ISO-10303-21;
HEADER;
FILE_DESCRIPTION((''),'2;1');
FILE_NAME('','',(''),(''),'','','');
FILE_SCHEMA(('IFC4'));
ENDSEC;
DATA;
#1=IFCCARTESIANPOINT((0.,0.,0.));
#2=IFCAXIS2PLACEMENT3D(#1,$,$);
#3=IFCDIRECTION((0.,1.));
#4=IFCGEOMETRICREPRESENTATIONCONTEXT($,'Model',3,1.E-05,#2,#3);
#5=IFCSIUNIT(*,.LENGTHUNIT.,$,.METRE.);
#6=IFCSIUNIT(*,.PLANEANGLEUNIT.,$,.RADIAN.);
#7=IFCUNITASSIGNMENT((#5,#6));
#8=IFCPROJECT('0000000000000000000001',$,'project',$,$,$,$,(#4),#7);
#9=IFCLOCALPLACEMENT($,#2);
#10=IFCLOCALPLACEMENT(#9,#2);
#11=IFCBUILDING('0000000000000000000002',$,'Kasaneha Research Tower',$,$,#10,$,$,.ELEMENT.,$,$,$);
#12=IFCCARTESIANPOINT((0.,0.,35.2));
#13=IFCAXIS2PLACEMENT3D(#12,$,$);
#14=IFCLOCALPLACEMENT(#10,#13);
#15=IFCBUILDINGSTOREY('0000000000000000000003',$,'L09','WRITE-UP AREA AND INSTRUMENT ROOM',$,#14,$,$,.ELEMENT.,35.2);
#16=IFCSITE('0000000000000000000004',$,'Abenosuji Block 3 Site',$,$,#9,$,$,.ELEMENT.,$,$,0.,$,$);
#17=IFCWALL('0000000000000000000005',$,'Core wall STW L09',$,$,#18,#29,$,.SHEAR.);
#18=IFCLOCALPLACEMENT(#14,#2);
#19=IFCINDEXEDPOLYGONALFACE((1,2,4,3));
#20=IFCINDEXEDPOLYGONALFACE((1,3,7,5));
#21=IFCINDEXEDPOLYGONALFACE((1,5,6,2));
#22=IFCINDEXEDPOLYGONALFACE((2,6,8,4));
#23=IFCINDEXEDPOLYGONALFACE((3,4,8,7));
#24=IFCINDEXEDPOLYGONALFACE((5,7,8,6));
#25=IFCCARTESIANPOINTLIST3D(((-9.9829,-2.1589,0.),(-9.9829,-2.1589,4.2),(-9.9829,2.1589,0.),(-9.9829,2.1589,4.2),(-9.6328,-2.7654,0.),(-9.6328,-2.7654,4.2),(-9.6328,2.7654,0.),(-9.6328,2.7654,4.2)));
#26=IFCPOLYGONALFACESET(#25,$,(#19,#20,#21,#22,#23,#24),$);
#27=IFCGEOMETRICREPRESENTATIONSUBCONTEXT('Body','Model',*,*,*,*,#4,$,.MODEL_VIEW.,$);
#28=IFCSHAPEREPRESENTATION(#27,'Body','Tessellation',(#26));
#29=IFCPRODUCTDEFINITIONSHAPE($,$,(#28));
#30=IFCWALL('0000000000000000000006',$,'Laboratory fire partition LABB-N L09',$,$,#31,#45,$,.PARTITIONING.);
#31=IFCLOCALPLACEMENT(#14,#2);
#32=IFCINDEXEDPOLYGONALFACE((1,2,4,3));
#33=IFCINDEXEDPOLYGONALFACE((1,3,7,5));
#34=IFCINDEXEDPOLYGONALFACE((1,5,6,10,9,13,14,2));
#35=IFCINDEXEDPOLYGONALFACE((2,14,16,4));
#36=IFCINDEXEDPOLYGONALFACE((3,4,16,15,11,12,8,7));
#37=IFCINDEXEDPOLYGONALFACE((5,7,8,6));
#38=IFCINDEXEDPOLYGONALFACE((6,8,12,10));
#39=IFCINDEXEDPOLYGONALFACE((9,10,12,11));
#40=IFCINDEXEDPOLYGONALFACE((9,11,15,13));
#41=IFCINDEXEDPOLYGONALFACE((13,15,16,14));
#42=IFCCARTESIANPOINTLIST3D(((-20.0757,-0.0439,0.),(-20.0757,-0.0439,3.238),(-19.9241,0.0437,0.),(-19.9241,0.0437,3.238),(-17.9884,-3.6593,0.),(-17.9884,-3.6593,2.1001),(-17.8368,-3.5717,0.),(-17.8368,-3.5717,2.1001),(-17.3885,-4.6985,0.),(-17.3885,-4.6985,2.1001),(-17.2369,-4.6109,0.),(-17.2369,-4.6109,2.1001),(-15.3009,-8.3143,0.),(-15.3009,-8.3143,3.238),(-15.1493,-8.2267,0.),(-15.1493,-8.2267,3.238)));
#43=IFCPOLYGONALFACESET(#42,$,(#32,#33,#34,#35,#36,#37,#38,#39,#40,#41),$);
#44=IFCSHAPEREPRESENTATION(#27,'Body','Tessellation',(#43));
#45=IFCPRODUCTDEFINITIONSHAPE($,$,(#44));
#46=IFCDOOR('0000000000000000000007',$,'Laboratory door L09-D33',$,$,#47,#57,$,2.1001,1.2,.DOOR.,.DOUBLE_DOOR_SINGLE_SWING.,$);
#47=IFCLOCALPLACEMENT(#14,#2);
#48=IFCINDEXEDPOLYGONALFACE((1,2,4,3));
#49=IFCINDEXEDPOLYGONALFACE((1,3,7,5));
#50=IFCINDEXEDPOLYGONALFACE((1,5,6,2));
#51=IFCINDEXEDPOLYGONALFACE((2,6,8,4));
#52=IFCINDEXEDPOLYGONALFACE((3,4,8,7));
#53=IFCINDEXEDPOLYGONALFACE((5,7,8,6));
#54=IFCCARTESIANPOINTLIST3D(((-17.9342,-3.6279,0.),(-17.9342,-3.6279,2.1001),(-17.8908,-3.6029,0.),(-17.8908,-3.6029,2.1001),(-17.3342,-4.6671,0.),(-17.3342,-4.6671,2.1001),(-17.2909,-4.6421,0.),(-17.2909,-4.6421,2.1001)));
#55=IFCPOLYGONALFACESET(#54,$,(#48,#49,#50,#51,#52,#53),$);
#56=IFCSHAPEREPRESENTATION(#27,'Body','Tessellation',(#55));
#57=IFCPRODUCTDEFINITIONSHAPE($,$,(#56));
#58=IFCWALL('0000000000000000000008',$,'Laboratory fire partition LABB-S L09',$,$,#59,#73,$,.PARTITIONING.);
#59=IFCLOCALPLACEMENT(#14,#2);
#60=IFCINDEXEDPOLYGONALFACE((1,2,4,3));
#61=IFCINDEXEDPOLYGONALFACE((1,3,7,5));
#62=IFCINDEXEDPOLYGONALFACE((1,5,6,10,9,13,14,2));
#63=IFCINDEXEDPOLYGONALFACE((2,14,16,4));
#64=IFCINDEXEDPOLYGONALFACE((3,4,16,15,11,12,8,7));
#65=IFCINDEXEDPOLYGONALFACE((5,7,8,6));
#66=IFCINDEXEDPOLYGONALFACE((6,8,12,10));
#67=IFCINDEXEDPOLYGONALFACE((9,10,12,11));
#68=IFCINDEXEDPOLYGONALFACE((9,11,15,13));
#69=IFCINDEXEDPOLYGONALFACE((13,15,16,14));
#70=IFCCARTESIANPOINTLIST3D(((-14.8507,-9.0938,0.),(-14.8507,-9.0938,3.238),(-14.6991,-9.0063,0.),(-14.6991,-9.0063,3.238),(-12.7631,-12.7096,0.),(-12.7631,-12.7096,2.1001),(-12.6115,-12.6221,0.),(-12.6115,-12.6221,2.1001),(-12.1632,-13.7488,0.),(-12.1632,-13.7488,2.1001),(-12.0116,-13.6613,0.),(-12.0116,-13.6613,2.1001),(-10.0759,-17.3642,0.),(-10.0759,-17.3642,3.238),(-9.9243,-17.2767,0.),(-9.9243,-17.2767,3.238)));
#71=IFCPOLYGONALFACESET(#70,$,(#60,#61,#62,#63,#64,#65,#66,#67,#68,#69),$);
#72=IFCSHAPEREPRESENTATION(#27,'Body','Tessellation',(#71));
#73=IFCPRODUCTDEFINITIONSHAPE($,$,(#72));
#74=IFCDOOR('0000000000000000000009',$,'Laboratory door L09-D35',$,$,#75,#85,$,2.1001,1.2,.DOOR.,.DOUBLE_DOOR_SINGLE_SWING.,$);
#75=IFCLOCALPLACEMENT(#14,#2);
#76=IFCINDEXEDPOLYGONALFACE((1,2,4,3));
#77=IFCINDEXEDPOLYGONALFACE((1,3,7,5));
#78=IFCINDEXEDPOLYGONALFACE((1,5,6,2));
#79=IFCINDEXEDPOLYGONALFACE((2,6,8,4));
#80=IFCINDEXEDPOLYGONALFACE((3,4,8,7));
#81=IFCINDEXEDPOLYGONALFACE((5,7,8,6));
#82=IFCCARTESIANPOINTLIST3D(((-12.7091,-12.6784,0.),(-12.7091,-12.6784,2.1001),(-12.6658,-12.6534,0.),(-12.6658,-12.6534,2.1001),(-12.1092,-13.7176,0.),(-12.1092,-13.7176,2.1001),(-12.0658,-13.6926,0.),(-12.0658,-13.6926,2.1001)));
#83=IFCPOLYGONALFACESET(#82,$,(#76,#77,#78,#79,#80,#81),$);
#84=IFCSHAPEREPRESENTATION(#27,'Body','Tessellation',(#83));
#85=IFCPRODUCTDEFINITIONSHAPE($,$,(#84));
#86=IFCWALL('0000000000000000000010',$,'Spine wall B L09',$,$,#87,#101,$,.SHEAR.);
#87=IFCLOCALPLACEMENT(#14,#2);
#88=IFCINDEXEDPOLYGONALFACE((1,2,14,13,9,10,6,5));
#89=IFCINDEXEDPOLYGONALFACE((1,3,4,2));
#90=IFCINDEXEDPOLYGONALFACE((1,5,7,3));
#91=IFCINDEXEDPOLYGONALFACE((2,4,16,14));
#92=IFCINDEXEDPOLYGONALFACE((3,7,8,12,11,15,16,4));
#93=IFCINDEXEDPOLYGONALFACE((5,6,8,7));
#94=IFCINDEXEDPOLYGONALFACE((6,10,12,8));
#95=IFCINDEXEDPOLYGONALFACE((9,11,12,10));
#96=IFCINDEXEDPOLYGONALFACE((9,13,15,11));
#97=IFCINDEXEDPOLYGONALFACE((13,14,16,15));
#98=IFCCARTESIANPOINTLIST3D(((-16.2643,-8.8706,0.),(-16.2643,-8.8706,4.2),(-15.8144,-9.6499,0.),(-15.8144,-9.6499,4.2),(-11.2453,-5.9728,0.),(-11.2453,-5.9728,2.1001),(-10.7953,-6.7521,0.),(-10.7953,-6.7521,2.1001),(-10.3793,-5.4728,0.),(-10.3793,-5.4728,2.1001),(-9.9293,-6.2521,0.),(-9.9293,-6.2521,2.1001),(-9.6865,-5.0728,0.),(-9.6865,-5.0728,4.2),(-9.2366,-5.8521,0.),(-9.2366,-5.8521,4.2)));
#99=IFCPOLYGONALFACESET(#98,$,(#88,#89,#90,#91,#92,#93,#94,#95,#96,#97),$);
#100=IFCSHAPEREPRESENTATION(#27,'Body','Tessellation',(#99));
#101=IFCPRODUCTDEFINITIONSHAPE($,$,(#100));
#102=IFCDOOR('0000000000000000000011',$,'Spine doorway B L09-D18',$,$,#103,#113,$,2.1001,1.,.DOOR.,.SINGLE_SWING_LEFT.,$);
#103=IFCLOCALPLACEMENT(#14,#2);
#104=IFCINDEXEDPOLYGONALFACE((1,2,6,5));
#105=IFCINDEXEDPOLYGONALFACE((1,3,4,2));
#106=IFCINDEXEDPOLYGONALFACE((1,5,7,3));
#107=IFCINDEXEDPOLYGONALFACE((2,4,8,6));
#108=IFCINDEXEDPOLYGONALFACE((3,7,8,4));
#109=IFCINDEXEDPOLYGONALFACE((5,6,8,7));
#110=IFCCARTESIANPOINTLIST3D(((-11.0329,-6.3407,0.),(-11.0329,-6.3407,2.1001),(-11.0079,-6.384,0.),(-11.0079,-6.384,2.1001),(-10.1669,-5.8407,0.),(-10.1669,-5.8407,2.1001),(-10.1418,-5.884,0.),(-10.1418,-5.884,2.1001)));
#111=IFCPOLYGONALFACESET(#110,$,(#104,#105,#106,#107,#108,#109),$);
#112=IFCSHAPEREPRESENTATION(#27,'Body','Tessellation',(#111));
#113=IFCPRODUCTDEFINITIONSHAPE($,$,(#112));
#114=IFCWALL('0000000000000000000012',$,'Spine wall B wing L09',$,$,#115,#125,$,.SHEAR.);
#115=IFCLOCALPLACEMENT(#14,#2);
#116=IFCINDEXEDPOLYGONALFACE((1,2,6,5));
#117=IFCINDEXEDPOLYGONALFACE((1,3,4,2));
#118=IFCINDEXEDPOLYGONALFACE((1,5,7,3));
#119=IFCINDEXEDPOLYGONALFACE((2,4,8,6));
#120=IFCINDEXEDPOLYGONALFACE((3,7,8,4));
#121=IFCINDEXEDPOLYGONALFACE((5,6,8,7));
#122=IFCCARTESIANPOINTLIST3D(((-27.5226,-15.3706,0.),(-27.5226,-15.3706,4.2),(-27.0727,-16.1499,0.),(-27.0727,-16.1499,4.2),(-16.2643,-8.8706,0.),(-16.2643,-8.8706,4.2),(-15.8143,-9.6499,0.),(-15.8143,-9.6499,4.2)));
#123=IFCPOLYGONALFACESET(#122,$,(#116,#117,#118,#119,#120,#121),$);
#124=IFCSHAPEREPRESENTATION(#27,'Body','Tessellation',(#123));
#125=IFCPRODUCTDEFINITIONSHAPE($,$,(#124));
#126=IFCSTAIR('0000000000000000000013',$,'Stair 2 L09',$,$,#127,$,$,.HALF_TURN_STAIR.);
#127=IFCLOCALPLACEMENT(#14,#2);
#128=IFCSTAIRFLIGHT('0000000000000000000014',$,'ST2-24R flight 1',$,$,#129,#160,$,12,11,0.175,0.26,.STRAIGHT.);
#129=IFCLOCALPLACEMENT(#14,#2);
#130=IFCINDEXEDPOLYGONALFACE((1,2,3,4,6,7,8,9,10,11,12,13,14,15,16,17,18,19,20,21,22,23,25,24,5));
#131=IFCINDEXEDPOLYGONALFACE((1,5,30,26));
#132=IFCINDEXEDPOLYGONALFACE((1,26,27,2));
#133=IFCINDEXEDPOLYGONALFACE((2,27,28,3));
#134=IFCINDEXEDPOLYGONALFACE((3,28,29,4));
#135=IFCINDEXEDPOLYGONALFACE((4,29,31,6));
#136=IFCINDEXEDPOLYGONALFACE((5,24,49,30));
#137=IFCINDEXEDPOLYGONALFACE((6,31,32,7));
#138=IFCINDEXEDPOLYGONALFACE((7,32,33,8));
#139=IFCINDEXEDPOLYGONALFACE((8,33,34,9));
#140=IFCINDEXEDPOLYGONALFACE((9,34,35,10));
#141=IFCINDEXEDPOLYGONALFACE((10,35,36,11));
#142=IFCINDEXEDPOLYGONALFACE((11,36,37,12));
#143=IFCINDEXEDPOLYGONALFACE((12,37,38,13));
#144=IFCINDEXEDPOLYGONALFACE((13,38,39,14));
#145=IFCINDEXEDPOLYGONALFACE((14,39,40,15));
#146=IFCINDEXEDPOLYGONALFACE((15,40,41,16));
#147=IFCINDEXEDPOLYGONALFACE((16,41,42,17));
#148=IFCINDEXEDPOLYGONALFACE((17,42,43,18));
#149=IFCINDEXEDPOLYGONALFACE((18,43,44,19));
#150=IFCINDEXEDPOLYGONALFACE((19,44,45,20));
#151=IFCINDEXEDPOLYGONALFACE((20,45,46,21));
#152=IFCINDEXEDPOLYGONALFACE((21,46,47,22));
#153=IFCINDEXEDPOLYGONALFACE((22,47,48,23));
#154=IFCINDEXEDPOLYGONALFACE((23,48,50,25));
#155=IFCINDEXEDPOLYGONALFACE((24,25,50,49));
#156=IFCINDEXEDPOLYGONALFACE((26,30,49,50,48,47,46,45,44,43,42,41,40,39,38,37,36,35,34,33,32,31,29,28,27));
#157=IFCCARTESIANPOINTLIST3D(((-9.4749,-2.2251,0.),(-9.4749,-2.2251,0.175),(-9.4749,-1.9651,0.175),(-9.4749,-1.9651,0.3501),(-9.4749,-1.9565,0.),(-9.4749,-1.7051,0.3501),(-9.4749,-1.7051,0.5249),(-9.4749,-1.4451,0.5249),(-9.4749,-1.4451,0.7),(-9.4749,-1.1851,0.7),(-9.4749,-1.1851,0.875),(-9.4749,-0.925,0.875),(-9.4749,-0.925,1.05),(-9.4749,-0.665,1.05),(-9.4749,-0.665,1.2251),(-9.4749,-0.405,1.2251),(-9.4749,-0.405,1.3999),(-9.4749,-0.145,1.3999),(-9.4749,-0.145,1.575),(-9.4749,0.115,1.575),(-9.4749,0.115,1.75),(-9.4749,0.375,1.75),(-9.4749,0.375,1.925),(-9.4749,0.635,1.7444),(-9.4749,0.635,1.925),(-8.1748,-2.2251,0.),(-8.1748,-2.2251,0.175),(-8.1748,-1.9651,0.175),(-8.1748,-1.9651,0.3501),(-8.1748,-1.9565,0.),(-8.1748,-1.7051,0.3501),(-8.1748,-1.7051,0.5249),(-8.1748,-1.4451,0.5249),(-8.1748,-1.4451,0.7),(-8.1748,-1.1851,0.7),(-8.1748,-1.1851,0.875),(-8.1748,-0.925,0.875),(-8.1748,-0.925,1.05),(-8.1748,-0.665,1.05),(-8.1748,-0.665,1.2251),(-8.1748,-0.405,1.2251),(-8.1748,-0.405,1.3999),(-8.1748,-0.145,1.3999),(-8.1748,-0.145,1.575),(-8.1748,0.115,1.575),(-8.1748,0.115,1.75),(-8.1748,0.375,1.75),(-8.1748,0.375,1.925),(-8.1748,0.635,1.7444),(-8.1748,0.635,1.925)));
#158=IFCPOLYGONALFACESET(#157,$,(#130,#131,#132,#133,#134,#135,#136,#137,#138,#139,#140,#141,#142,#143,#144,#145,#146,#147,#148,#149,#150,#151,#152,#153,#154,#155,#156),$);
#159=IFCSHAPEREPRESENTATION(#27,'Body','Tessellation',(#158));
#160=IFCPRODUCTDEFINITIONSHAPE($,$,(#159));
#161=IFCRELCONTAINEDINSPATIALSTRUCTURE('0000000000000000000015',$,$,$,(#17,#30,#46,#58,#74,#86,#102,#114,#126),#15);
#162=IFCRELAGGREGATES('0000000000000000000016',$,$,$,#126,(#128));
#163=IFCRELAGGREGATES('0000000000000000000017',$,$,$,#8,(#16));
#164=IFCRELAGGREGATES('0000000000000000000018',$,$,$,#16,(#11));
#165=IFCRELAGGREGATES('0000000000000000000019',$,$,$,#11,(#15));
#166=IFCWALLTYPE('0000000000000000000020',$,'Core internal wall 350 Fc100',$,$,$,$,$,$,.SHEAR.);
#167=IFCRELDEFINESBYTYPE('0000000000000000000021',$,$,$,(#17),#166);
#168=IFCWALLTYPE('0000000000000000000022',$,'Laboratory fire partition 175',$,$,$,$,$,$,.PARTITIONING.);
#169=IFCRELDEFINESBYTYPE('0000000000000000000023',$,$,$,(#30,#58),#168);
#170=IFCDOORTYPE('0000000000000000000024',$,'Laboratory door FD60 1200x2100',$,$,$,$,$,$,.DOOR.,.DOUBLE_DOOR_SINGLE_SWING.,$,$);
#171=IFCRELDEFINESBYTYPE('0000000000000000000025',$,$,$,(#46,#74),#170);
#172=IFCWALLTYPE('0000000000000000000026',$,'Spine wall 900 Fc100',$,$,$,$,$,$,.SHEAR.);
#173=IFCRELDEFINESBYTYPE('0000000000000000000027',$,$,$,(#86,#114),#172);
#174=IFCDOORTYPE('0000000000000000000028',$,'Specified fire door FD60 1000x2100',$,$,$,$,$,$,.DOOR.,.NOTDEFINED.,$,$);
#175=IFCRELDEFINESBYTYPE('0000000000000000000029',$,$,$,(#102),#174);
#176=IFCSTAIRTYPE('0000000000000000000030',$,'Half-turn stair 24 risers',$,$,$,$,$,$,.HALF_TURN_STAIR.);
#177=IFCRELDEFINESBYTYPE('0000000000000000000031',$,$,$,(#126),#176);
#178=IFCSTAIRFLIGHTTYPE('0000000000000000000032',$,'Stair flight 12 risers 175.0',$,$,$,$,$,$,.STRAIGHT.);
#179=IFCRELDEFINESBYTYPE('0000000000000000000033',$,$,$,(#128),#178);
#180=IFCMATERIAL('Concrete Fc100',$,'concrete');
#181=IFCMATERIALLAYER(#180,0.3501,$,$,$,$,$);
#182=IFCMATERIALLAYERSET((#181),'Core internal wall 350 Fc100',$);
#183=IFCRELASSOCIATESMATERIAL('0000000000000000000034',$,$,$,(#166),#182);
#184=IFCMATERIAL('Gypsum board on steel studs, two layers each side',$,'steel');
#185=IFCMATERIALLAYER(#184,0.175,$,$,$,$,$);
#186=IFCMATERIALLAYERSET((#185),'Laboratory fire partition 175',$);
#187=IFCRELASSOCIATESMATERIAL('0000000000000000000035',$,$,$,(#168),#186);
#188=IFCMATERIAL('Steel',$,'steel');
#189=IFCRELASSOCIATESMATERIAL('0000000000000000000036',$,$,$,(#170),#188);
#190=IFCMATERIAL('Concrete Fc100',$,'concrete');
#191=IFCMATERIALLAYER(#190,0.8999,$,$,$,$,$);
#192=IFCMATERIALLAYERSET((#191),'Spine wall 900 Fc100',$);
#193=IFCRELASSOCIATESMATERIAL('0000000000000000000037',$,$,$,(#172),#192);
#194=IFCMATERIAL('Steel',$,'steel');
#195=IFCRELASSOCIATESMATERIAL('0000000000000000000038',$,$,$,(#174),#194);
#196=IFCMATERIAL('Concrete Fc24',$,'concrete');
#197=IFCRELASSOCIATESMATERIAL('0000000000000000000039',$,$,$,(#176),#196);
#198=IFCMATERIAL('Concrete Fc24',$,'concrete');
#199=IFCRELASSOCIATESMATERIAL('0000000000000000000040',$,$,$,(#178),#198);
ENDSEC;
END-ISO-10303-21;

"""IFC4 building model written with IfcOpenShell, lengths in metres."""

from ifc_helpers import new_model, si_unit, direction, frame, frame_2d, origin, place, context, subcontext, project, spatial, polyline, rectangle, outline, extrude, material, layer, layer_set, type_object, element, fill, aggregate, save


model = new_model("IFC4")

# Units and contexts
model_context = context("Model", 3, precision=1e-05, world=origin(), true_north=direction((0.0, 1.0)))
body_context = subcontext(model_context, "Body", "Model", "MODEL_VIEW")
ifc_project = project(units=[si_unit("LENGTHUNIT", "METRE"), si_unit("PLANEANGLEUNIT", "RADIAN")], contexts=[model_context])

# Site, building, storey
site_placement = place(None, origin())
site = spatial("IfcSite", under=ifc_project, at=site_placement, Name="Abenosuji Block 3 Site", CompositionType="ELEMENT", RefElevation=0.0)
building_placement = place(site_placement, origin())
building = spatial("IfcBuilding", under=site, at=building_placement, Name="Kasaneha Research Tower", CompositionType="ELEMENT")
storey_placement = place(building_placement, frame((0.0, 0.0, 35.2)))
storey = spatial("IfcBuildingStorey", under=building, at=storey_placement, Name="L09", Description="WRITE-UP AREA AND INSTRUMENT ROOM", CompositionType="ELEMENT", Elevation=35.2)

# Shared definitions
ifc_material_1 = material(Name="Concrete Fc100", Category="concrete")
ifc_layer_1 = layer(ifc_material_1, 0.3501)
ifc_layer_set_1 = layer_set([ifc_layer_1], Name="Core internal wall 350 Fc100")
wall_type_1 = type_object("IfcWallType", Name="Core internal wall 350 Fc100", PredefinedType="SHEAR", material=ifc_layer_set_1)

# Wall
wall_1_placement = place(storey_placement, frame((-9.8079, -2.4622, 0.0), z_axis=(0.0, 0.0, 1.0), x_axis=(0.0, 1.0, 0.0)))
element("IfcWall", 1, at=wall_1_placement, inside=storey, type_object=wall_type_1, Name="Core wall STW L09", PredefinedType="SHEAR", context=body_context, shape_type="SweptSolid", body=[
    extrude(outline(polyline([(-0.3032, -0.175), (5.2275, -0.175), (4.6211, 0.175), (0.3032, 0.175), (-0.3032, -0.175)])), origin(), (0.0, 0.0, 1.0), 4.2),
])

# Walls, openings, doors
ifc_material_2 = material(Name="Gypsum board on steel studs, two layers each side", Category="steel")
ifc_layer_2 = layer(ifc_material_2, 0.175)
ifc_layer_set_2 = layer_set([ifc_layer_2], Name="Laboratory fire partition 175")
wall_type_2 = type_object("IfcWallType", Name="Laboratory fire partition 175", PredefinedType="PARTITIONING", material=ifc_layer_set_2)
wall_2_placement = place(storey_placement, frame((-15.2251, -8.2705, 0.0), z_axis=(0.0, 0.0, 1.0), x_axis=(-0.499994, 0.866029, 0.0)))
wall_2 = element("IfcWall", 2, at=wall_2_placement, inside=storey, type_object=wall_type_2, Name="Laboratory fire partition LABB-N L09", PredefinedType="PARTITIONING", context=body_context, shape_type="SweptSolid", body=[
    extrude(rectangle(XDim=9.5498, YDim=0.175, at=frame_2d((4.7749, 0.0))), origin(), (0.0, 0.0, 1.0), 3.238),
])
opening_1_placement = place(wall_2_placement, frame((4.175, 0.0, 0.0)))
opening_1 = element("IfcOpeningElement", 3, at=opening_1_placement, cuts=wall_2, PredefinedType="OPENING", context=body_context, shape_type="SweptSolid", body=[
    extrude(rectangle(XDim=1.2, YDim=2.1001, at=frame_2d((0.6001, 1.05))), frame((0.0, 0.0977, 0.0), z_axis=(0.0, -1.0, 0.0), x_axis=(1.0, 0.0, 0.0)), (0.0, 0.0, 1.0), 0.1951),
])
ifc_material_3 = material(Name="Steel", Category="steel")
door_type_1 = type_object("IfcDoorType", Name="Laboratory door FD60 1200x2100", OperationType="DOUBLE_DOOR_SINGLE_SWING", PredefinedType="DOOR", material=ifc_material_3)
door_1_placement = place(opening_1_placement, origin())
door_1 = element("IfcDoor", 4, at=door_1_placement, inside=storey, type_object=door_type_1, Name="Laboratory door L09-D33", OperationType="DOUBLE_DOOR_SINGLE_SWING", OverallHeight=2.1001, OverallWidth=1.2, PredefinedType="DOOR", context=body_context, shape_type="SweptSolid", body=[
    extrude(rectangle(XDim=1.2, YDim=2.1001, at=frame_2d((0.6001, 1.05))), frame((0.0, 0.0249, 0.0), z_axis=(0.0, -1.0, 0.0), x_axis=(1.0, 0.0, 0.0)), (0.0, 0.0, 1.0), 0.05),
])
fill(opening_1, door_1)
wall_3_placement = place(storey_placement, frame((-14.7749, -9.05, 0.0), z_axis=(0.0, 0.0, 1.0), x_axis=(0.499994, -0.866029, 0.0)))
wall_3 = element("IfcWall", 5, at=wall_3_placement, inside=storey, type_object=wall_type_2, Name="Laboratory fire partition LABB-S L09", PredefinedType="PARTITIONING", context=body_context, shape_type="SweptSolid", body=[
    extrude(rectangle(XDim=9.5498, YDim=0.175, at=frame_2d((4.7749, 0.0))), origin(), (0.0, 0.0, 1.0), 3.238),
])
opening_2_placement = place(wall_3_placement, frame((4.175, 0.0, 0.0)))
opening_2 = element("IfcOpeningElement", 6, at=opening_2_placement, cuts=wall_3, PredefinedType="OPENING", context=body_context, shape_type="SweptSolid", body=[
    extrude(rectangle(XDim=1.2, YDim=2.1001, at=frame_2d((0.6001, 1.05))), frame((0.0, 0.0977, 0.0), z_axis=(0.0, -1.0, 0.0), x_axis=(1.0, 0.0, 0.0)), (0.0, 0.0, 1.0), 0.1951),
])
door_2_placement = place(opening_2_placement, origin())
door_2 = element("IfcDoor", 7, at=door_2_placement, inside=storey, type_object=door_type_1, Name="Laboratory door L09-D35", OperationType="DOUBLE_DOOR_SINGLE_SWING", OverallHeight=2.1001, OverallWidth=1.2, PredefinedType="DOOR", context=body_context, shape_type="SweptSolid", body=[
    extrude(rectangle(XDim=1.2, YDim=2.1001, at=frame_2d((0.6001, 1.05))), frame((0.0, 0.0249, 0.0), z_axis=(0.0, -1.0, 0.0), x_axis=(1.0, 0.0, 0.0)), (0.0, 0.0, 1.0), 0.05),
])
fill(opening_2, door_2)
ifc_material_4 = material(Name="Concrete Fc100", Category="concrete")
ifc_layer_3 = layer(ifc_material_4, 0.8999)
ifc_layer_set_3 = layer_set([ifc_layer_3], Name="Spine wall 900 Fc100")
wall_type_3 = type_object("IfcWallType", Name="Spine wall 900 Fc100", PredefinedType="SHEAR", material=ifc_layer_set_3)
wall_4_placement = place(storey_placement, frame((-9.4614, -5.4624, 0.0), z_axis=(0.0, 0.0, 1.0), x_axis=(-0.866019, -0.500011, 0.0)))
wall_4 = element("IfcWall", 8, at=wall_4_placement, inside=storey, type_object=wall_type_3, Name="Spine wall B L09", PredefinedType="SHEAR", context=body_context, shape_type="SweptSolid", body=[
    extrude(rectangle(XDim=7.5955, YDim=0.8999, at=frame_2d((3.7979, 0.0))), origin(), (0.0, 0.0, 1.0), 4.2),
])
opening_3_placement = place(wall_4_placement, frame((0.8, 0.0, 0.0)))
opening_3 = element("IfcOpeningElement", 9, at=opening_3_placement, cuts=wall_4, PredefinedType="OPENING", context=body_context, shape_type="SweptSolid", body=[
    extrude(rectangle(XDim=1.0, YDim=2.1001, at=frame_2d((0.5, 1.05))), frame((0.0, 0.46, 0.0), z_axis=(0.0, -1.0, 0.0), x_axis=(1.0, 0.0, 0.0)), (0.0, 0.0, 1.0), 0.9199),
])
ifc_material_5 = material(Name="Steel", Category="steel")
door_type_2 = type_object("IfcDoorType", Name="Specified fire door FD60 1000x2100", OperationType="NOTDEFINED", PredefinedType="DOOR", material=ifc_material_5)
door_3_placement = place(opening_3_placement, origin())
door_3 = element("IfcDoor", 10, at=door_3_placement, inside=storey, type_object=door_type_2, Name="Spine doorway B L09-D18", OperationType="SINGLE_SWING_LEFT", OverallHeight=2.1001, OverallWidth=1.0, PredefinedType="DOOR", context=body_context, shape_type="SweptSolid", body=[
    extrude(rectangle(XDim=1.0, YDim=2.1001, at=frame_2d((0.5, 1.05))), frame((0.0, 0.0249, 0.0), z_axis=(0.0, -1.0, 0.0), x_axis=(1.0, 0.0, 0.0)), (0.0, 0.0, 1.0), 0.05),
])
fill(opening_3, door_3)

# Wall
wall_5_placement = place(storey_placement, frame((-16.0393, -9.2603, 0.0), z_axis=(0.0, 0.0, 1.0), x_axis=(-0.866025, -0.500001, 0.0)))
element("IfcWall", 11, at=wall_5_placement, inside=storey, type_object=wall_type_3, Name="Spine wall B wing L09", PredefinedType="SHEAR", context=body_context, shape_type="SweptSolid", body=[
    extrude(rectangle(XDim=13.0, YDim=0.8999, at=frame_2d((6.5, 0.0))), origin(), (0.0, 0.0, 1.0), 4.2),
])

# Stair, stair flight
ifc_material_6 = material(Name="Concrete Fc24", Category="concrete")
stair_type = type_object("IfcStairType", Name="Half-turn stair 24 risers", PredefinedType="HALF_TURN_STAIR", material=ifc_material_6)
stair_placement = place(storey_placement, origin())
stair = element("IfcStair", 12, at=stair_placement, inside=storey, type_object=stair_type, Name="Stair 2 L09", PredefinedType="HALF_TURN_STAIR")
ifc_material_7 = material(Name="Concrete Fc24", Category="concrete")
stair_flight_type = type_object("IfcStairFlightType", Name="Stair flight 12 risers 175.0", PredefinedType="STRAIGHT", material=ifc_material_7)
stair_flight_placement = place(storey_placement, frame((-8.825, -2.2251, 0.0), z_axis=(0.0, 0.0, 1.0), x_axis=(0.0, 1.0, 0.0)))
stair_flight = element("IfcStairFlight", 13, at=stair_flight_placement, type_object=stair_flight_type, Name="ST2-24R flight 1", NumberOfRisers=12, NumberOfTreads=11, PredefinedType="STRAIGHT", RiserHeight=0.175, TreadLength=0.26, context=body_context, shape_type="SweptSolid", body=[
    extrude(outline(polyline([(0.0, 0.0), (0.0, 0.175), (0.26, 0.175), (0.26, 0.3501), (0.52, 0.3501), (0.52, 0.5249), (0.78, 0.5249), (0.78, 0.7), (1.04, 0.7), (1.04, 0.875), (1.3, 0.875), (1.3, 1.05), (1.5601, 1.05), (1.5601, 1.2251), (1.8201, 1.2251), (1.8201, 1.3999), (2.0801, 1.3999), (2.0801, 1.575), (2.3401, 1.575), (2.3401, 1.75), (2.6001, 1.75), (2.6001, 1.925), (2.8601, 1.925), (2.8601, 2.1001), (2.8601, 1.7444), (0.2686, 0.0), (0.0, 0.0)])), frame((0.0, 0.6499, 0.0), z_axis=(0.0, -1.0, 0.0), x_axis=(1.0, 0.0, 0.0)), (0.0, 0.0, 1.0), 1.3),
])
aggregate(stair, [stair_flight])

save(model, "model.ifc")
